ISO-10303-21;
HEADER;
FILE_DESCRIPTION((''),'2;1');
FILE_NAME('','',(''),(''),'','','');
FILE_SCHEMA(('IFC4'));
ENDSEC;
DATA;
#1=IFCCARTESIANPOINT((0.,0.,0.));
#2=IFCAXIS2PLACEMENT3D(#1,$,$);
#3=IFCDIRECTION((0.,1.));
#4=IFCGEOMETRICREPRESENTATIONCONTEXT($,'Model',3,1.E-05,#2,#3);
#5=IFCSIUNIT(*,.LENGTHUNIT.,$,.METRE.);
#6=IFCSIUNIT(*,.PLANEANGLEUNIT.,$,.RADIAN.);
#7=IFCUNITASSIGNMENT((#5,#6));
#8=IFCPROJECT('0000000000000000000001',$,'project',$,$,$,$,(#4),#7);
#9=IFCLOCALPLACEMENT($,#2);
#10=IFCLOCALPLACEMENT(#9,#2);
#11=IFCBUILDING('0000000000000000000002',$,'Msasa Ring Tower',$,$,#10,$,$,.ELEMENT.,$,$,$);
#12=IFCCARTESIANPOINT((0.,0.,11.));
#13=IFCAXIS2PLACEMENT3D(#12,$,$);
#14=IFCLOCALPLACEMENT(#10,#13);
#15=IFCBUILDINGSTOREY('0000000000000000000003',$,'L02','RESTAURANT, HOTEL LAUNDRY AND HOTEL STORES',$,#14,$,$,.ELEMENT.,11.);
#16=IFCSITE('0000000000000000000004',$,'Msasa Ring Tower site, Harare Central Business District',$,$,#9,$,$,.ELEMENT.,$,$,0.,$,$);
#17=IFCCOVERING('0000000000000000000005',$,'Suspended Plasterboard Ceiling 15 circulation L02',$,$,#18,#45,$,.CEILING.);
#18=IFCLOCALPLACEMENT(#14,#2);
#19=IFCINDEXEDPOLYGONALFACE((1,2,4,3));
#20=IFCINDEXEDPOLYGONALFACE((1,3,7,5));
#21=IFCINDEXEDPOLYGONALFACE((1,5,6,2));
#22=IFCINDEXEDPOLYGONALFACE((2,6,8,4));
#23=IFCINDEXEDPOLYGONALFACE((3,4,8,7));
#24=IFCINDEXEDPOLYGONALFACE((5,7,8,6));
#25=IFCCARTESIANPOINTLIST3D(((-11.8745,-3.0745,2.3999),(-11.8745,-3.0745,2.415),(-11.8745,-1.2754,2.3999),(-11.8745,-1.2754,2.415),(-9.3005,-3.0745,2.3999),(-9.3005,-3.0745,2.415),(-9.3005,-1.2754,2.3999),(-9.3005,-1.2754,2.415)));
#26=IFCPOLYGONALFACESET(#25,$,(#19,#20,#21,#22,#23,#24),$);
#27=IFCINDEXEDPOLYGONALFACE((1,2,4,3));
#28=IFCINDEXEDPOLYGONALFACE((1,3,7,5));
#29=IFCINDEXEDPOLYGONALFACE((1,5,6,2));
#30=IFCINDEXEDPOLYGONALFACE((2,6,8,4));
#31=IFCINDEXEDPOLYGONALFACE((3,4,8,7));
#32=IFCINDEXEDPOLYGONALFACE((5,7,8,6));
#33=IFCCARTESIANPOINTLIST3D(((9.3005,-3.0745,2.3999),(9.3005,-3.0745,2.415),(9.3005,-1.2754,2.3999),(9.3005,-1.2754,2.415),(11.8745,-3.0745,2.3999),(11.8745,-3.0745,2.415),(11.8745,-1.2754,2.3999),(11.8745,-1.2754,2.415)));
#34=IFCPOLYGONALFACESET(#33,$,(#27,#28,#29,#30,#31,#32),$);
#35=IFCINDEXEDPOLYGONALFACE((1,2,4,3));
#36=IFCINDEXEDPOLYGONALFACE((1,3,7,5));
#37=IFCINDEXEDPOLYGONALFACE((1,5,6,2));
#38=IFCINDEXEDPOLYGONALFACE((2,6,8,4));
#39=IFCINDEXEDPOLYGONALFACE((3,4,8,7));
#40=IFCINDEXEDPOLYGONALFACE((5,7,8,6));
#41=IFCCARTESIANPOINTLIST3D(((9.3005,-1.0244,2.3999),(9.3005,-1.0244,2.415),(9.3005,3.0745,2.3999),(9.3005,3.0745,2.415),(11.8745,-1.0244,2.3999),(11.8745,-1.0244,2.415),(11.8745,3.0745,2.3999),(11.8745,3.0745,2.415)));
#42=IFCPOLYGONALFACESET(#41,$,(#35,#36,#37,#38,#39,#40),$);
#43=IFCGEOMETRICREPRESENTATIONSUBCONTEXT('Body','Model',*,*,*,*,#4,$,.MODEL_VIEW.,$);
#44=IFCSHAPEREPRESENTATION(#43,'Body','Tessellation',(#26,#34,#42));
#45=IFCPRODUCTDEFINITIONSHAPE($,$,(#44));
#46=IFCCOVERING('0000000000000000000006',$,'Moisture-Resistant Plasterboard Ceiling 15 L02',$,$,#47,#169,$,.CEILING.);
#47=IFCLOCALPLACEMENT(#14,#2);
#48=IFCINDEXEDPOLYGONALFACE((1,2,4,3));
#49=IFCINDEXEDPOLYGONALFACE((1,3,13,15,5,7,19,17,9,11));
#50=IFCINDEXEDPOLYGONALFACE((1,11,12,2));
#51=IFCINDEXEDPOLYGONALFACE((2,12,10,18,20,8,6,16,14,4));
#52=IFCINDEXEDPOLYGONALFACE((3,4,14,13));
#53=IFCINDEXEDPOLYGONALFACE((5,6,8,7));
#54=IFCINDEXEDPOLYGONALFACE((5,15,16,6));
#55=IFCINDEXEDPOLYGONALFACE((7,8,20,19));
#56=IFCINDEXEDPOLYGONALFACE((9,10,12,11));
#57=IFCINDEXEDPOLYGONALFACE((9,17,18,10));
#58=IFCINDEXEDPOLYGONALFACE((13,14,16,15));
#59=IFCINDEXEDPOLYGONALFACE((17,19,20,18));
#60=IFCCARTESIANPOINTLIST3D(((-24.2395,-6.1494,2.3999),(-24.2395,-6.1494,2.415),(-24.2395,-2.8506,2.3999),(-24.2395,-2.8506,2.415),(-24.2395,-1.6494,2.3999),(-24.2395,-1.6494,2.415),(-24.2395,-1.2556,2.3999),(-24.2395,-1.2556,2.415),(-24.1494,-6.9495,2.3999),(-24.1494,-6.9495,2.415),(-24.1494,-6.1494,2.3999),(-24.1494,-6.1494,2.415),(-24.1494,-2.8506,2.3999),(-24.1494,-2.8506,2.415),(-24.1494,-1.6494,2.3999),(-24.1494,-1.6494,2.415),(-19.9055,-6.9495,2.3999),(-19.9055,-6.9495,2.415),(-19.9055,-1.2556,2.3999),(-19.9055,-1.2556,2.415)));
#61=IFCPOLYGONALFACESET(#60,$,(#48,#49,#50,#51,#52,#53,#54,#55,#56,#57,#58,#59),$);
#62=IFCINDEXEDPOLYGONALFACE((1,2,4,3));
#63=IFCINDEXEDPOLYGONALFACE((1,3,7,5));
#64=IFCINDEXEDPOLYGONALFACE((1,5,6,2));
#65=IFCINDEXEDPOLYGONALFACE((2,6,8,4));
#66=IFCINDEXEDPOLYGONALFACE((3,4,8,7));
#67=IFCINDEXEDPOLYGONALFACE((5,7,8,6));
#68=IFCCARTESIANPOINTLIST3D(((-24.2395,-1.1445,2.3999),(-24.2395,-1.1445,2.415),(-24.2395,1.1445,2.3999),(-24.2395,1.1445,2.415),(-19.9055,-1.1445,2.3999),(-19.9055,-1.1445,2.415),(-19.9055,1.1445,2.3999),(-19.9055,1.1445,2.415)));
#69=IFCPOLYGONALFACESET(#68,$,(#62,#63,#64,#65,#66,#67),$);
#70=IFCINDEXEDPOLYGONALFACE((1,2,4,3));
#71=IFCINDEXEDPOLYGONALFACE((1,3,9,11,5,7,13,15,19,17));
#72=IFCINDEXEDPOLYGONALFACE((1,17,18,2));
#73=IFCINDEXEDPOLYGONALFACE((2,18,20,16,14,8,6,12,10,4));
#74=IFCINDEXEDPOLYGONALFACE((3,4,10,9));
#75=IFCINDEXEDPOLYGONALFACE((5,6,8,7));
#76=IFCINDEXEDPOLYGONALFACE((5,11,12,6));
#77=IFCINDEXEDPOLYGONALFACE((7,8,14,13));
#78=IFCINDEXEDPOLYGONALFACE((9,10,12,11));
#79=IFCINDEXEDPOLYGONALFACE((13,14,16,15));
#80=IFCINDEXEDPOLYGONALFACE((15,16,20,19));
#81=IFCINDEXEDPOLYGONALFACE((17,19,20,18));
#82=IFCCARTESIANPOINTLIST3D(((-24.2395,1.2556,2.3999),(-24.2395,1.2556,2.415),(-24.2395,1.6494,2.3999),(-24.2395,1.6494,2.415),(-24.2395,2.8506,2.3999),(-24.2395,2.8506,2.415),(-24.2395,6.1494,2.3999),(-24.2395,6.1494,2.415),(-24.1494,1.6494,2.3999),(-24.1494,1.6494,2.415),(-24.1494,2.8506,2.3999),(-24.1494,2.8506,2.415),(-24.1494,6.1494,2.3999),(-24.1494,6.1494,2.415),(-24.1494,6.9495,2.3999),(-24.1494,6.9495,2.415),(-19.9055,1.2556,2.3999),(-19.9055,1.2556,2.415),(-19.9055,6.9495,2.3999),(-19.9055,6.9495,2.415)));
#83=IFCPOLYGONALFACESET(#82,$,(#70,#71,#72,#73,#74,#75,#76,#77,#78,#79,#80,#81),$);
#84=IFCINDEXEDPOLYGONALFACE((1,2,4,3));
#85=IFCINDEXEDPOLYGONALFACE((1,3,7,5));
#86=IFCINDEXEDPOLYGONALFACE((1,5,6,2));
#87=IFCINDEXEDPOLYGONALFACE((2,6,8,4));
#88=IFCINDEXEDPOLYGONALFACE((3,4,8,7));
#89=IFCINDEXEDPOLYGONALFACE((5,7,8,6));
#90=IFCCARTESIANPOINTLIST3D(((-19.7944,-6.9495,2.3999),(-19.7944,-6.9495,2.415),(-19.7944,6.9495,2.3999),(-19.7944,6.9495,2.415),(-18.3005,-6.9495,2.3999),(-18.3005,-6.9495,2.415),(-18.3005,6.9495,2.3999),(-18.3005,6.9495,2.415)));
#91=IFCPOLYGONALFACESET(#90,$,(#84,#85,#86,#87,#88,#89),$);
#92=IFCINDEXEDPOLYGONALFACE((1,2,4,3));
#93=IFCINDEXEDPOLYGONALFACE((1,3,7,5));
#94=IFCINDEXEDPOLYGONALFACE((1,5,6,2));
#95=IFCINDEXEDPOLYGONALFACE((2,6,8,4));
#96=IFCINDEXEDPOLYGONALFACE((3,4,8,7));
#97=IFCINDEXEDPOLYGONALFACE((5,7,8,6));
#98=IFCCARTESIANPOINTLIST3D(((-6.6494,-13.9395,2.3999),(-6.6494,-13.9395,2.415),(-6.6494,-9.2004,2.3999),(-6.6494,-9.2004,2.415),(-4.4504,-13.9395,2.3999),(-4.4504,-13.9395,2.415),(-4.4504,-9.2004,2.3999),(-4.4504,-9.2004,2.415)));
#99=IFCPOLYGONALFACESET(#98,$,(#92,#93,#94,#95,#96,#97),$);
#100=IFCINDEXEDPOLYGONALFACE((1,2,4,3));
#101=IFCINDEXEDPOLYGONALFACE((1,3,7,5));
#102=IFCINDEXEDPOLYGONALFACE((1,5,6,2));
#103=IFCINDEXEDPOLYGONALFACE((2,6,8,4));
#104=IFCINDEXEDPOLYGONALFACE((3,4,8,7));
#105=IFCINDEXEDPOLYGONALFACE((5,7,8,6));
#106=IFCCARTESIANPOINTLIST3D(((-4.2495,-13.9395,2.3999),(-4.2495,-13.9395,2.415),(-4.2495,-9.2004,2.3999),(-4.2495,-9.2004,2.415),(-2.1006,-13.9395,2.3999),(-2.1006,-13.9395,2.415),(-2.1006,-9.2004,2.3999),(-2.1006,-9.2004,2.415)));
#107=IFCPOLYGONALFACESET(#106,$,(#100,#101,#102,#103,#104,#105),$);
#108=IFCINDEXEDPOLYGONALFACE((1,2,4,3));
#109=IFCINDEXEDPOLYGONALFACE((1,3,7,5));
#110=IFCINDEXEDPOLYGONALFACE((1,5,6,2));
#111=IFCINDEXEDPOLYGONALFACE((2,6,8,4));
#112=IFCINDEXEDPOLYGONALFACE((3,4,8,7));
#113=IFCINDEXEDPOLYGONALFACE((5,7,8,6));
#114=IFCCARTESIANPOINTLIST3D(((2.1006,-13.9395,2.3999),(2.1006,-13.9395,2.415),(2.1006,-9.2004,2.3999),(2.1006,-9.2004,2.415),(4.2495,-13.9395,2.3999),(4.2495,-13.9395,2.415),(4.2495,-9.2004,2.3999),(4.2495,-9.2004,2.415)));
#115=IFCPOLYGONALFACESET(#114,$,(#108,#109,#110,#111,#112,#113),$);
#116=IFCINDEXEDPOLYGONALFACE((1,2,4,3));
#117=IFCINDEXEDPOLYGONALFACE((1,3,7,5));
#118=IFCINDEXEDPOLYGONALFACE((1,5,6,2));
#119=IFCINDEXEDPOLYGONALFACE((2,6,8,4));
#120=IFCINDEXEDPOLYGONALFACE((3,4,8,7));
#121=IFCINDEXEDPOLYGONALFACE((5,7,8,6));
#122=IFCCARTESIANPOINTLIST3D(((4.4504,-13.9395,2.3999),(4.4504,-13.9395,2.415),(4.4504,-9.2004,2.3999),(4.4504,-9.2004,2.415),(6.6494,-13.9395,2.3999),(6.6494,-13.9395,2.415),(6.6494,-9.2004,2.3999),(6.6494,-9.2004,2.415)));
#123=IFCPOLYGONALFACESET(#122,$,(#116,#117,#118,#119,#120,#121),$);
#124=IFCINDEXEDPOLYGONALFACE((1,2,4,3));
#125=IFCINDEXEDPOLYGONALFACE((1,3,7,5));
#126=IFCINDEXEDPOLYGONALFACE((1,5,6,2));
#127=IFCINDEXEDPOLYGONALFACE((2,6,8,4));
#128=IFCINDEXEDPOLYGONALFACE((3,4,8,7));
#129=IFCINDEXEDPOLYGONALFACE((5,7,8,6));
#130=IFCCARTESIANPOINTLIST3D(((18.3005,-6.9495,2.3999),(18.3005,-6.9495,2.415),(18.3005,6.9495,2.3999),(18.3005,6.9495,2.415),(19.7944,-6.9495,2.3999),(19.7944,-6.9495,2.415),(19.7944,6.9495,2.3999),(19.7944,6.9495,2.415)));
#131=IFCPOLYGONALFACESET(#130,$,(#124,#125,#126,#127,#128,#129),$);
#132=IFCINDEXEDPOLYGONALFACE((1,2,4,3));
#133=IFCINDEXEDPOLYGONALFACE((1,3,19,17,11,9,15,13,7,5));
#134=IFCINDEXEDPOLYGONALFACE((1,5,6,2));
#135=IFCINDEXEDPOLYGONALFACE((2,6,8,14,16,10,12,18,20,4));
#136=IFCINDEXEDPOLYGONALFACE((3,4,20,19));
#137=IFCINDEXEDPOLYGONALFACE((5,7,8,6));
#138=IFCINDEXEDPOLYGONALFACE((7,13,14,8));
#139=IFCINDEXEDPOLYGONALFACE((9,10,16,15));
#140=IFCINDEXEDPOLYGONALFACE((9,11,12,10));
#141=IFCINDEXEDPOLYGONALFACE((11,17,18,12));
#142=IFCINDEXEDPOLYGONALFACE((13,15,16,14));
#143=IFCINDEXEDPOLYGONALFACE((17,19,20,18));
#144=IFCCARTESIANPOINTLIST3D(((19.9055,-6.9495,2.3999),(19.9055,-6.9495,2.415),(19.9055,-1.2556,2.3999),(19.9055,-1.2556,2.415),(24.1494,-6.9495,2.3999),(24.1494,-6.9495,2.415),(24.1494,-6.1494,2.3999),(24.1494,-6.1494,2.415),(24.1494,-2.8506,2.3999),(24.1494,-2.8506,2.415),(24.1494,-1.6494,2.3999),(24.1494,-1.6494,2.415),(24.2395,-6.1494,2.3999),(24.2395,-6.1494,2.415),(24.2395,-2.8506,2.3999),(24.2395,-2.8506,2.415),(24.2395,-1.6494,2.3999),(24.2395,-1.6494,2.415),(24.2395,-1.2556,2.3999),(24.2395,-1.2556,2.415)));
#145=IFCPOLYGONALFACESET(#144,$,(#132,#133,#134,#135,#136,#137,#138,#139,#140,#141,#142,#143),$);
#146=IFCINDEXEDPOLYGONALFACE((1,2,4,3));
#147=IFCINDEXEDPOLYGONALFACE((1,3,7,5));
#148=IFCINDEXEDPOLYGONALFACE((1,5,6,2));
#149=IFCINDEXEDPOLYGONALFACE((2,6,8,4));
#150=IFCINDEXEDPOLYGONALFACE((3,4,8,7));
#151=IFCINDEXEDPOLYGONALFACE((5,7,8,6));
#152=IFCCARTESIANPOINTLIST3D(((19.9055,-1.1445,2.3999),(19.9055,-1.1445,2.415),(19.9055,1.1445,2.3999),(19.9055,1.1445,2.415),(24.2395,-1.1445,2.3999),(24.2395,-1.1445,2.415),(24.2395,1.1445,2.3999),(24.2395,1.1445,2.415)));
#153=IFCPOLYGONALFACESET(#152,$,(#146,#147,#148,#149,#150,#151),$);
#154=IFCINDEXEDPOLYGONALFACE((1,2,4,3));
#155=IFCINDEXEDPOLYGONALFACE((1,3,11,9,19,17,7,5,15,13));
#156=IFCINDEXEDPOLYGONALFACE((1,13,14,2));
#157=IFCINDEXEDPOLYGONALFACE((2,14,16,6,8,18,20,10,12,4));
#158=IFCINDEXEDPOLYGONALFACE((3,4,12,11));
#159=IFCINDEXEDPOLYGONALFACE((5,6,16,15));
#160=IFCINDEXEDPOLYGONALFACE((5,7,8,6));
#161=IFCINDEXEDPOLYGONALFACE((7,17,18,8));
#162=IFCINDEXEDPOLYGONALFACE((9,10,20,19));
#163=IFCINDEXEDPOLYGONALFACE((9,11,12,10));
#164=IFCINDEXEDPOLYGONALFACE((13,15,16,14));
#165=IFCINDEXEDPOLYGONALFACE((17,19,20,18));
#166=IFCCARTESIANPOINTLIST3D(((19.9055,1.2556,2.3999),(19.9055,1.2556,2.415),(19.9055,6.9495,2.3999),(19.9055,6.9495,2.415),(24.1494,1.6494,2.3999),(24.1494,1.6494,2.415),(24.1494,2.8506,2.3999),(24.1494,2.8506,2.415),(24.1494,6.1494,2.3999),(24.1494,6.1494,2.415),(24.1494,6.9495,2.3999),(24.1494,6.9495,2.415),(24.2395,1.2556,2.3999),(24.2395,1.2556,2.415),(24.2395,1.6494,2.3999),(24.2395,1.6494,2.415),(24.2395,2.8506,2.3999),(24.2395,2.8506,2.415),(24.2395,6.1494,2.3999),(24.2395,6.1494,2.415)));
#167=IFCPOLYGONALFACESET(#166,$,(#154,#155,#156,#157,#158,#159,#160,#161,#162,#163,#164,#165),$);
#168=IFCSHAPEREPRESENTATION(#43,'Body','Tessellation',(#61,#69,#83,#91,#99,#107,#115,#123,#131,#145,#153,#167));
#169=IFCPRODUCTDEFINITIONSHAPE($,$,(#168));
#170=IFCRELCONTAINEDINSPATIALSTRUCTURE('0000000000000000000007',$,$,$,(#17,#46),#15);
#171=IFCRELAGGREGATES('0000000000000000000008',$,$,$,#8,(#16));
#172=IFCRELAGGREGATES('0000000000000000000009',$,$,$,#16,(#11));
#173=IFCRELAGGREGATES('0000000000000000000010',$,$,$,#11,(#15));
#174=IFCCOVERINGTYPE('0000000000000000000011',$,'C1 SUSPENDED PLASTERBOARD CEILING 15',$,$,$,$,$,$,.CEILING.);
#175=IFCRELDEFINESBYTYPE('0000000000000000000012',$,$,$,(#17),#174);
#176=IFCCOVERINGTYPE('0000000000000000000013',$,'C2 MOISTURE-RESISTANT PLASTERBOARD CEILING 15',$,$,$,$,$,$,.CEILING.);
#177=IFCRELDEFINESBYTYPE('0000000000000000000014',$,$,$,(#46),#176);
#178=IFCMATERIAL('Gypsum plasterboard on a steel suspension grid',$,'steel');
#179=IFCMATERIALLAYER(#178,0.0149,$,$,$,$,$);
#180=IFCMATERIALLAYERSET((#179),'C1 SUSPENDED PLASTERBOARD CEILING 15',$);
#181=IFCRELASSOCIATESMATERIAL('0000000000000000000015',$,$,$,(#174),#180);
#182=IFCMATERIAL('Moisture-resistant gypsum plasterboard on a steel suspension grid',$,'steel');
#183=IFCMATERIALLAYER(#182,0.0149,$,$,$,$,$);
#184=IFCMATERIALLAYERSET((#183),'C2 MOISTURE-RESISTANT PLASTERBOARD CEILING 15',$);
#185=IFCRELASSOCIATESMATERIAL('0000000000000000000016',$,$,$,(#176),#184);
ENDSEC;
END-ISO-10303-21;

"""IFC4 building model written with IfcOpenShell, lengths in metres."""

from ifc_helpers import new_model, si_unit, direction, frame, origin, place, context, subcontext, project, spatial, line, indexed_curve, outline, extrude, material, layer, layer_set, type_object, element, save


model = new_model("IFC4")

# Units and contexts
model_context = context("Model", 3, precision=1e-05, world=origin(), true_north=direction((0.0, 1.0)))
body_context = subcontext(model_context, "Body", "Model", "MODEL_VIEW")
ifc_project = project(units=[si_unit("LENGTHUNIT", "METRE"), si_unit("PLANEANGLEUNIT", "RADIAN")], contexts=[model_context])

# Site, building, storey
site_placement = place(None, origin())
site = spatial("IfcSite", under=ifc_project, at=site_placement, Name="Msasa Ring Tower site, Harare Central Business District", CompositionType="ELEMENT", RefElevation=0.0)
building_placement = place(site_placement, origin())
building = spatial("IfcBuilding", under=site, at=building_placement, Name="Msasa Ring Tower", CompositionType="ELEMENT")
storey_placement = place(building_placement, frame((0.0, 0.0, 11.0)))
storey = spatial("IfcBuildingStorey", under=building, at=storey_placement, Name="L02", Description="RESTAURANT, HOTEL LAUNDRY AND HOTEL STORES", CompositionType="ELEMENT", Elevation=11.0)

# Coverings
ifc_material_1 = material(Name="Gypsum plasterboard on a steel suspension grid", Category="steel")
ifc_layer_1 = layer(ifc_material_1, 0.0149)
ifc_layer_set_1 = layer_set([ifc_layer_1], Name="C1 SUSPENDED PLASTERBOARD CEILING 15")
covering_type_1 = type_object("IfcCoveringType", Name="C1 SUSPENDED PLASTERBOARD CEILING 15", PredefinedType="CEILING", material=ifc_layer_set_1)
covering_1_placement = place(storey_placement, frame((0.0, 0.0, 2.3999)))
element("IfcCovering", 1, at=covering_1_placement, inside=storey, type_object=covering_type_1, Name="Suspended Plasterboard Ceiling 15 circulation L02", PredefinedType="CEILING", context=body_context, shape_type="SweptSolid", body=[
    extrude(outline(indexed_curve([(-9.3005, -1.2754), (-9.3005, -3.0745), (-11.8745, -3.0745), (-11.8745, -1.2754)], segments=[line(1, 2, 3, 4, 1)], self_intersect=False)), origin(), (0.0, 0.0, 1.0), 0.0151),
    extrude(outline(indexed_curve([(11.8745, -3.0745), (9.3005, -3.0745), (9.3005, -1.2754), (11.8745, -1.2754)], segments=[line(1, 2, 3, 4, 1)], self_intersect=False)), origin(), (0.0, 0.0, 1.0), 0.0151),
    extrude(outline(indexed_curve([(11.8745, -1.0244), (9.3005, -1.0244), (9.3005, 3.0745), (11.8745, 3.0745)], segments=[line(1, 2, 3, 4, 1)], self_intersect=False)), origin(), (0.0, 0.0, 1.0), 0.0151),
])
ifc_material_2 = material(Name="Moisture-resistant gypsum plasterboard on a steel suspension grid", Category="steel")
ifc_layer_2 = layer(ifc_material_2, 0.0149)
ifc_layer_set_2 = layer_set([ifc_layer_2], Name="C2 MOISTURE-RESISTANT PLASTERBOARD CEILING 15")
covering_type_2 = type_object("IfcCoveringType", Name="C2 MOISTURE-RESISTANT PLASTERBOARD CEILING 15", PredefinedType="CEILING", material=ifc_layer_set_2)
covering_2_placement = place(storey_placement, frame((0.0, 0.0, 2.3999)))
element("IfcCovering", 2, at=covering_2_placement, inside=storey, type_object=covering_type_2, Name="Moisture-Resistant Plasterboard Ceiling 15 L02", PredefinedType="CEILING", context=body_context, shape_type="SweptSolid", body=[
    extrude(outline(indexed_curve([(-24.2395, -2.8506), (-24.1494, -2.8506), (-24.1494, -1.6494), (-24.2395, -1.6494), (-24.2395, -1.2556), (-19.9055, -1.2556), (-19.9055, -6.9495), (-24.1494, -6.9495), (-24.1494, -6.1494), (-24.2395, -6.1494)], segments=[line(1, 2, 3, 4, 5, 6, 7, 8, 9, 10, 1)], self_intersect=False)), origin(), (0.0, 0.0, 1.0), 0.0151),
    extrude(outline(indexed_curve([(-24.2395, -1.1445), (-24.2395, 1.1445), (-19.9055, 1.1445), (-19.9055, -1.1445)], segments=[line(1, 2, 3, 4, 1)], self_intersect=False)), origin(), (0.0, 0.0, 1.0), 0.0151),
    extrude(outline(indexed_curve([(-24.2395, 1.6494), (-24.1494, 1.6494), (-24.1494, 2.8506), (-24.2395, 2.8506), (-24.2395, 6.1494), (-24.1494, 6.1494), (-24.1494, 6.9495), (-19.9055, 6.9495), (-19.9055, 1.2556), (-24.2395, 1.2556)], segments=[line(1, 2, 3, 4, 5, 6, 7, 8, 9, 10, 1)], self_intersect=False)), origin(), (0.0, 0.0, 1.0), 0.0151),
    extrude(outline(indexed_curve([(-19.7944, 6.9495), (-18.3005, 6.9495), (-18.3005, -6.9495), (-19.7944, -6.9495)], segments=[line(1, 2, 3, 4, 1)], self_intersect=False)), origin(), (0.0, 0.0, 1.0), 0.0151),
    extrude(outline(indexed_curve([(-6.6494, -13.9395), (-6.6494, -9.2004), (-4.4504, -9.2004), (-4.4504, -13.9395)], segments=[line(1, 2, 3, 4, 1)], self_intersect=False)), origin(), (0.0, 0.0, 1.0), 0.0151),
    extrude(outline(indexed_curve([(-4.2495, -9.2004), (-2.1006, -9.2004), (-2.1006, -13.9395), (-4.2495, -13.9395)], segments=[line(1, 2, 3, 4, 1)], self_intersect=False)), origin(), (0.0, 0.0, 1.0), 0.0151),
    extrude(outline(indexed_curve([(2.1006, -13.9395), (2.1006, -9.2004), (4.2495, -9.2004), (4.2495, -13.9395)], segments=[line(1, 2, 3, 4, 1)], self_intersect=False)), origin(), (0.0, 0.0, 1.0), 0.0151),
    extrude(outline(indexed_curve([(4.4504, -9.2004), (6.6494, -9.2004), (6.6494, -13.9395), (4.4504, -13.9395)], segments=[line(1, 2, 3, 4, 1)], self_intersect=False)), origin(), (0.0, 0.0, 1.0), 0.0151),
    extrude(outline(indexed_curve([(18.3005, -6.9495), (18.3005, 6.9495), (19.7944, 6.9495), (19.7944, -6.9495)], segments=[line(1, 2, 3, 4, 1)], self_intersect=False)), origin(), (0.0, 0.0, 1.0), 0.0151),
    extrude(outline(indexed_curve([(19.9055, -1.2556), (24.2395, -1.2556), (24.2395, -1.6494), (24.1494, -1.6494), (24.1494, -2.8506), (24.2395, -2.8506), (24.2395, -6.1494), (24.1494, -6.1494), (24.1494, -6.9495), (19.9055, -6.9495)], segments=[line(1, 2, 3, 4, 5, 6, 7, 8, 9, 10, 1)], self_intersect=False)), origin(), (0.0, 0.0, 1.0), 0.0151),
    extrude(outline(indexed_curve([(19.9055, 1.1445), (24.2395, 1.1445), (24.2395, -1.1445), (19.9055, -1.1445)], segments=[line(1, 2, 3, 4, 1)], self_intersect=False)), origin(), (0.0, 0.0, 1.0), 0.0151),
    extrude(outline(indexed_curve([(19.9055, 6.9495), (24.1494, 6.9495), (24.1494, 6.1494), (24.2395, 6.1494), (24.2395, 2.8506), (24.1494, 2.8506), (24.1494, 1.6494), (24.2395, 1.6494), (24.2395, 1.2556), (19.9055, 1.2556)], segments=[line(1, 2, 3, 4, 5, 6, 7, 8, 9, 10, 1)], self_intersect=False)), origin(), (0.0, 0.0, 1.0), 0.0151),
])

save(model, "model.ifc")
